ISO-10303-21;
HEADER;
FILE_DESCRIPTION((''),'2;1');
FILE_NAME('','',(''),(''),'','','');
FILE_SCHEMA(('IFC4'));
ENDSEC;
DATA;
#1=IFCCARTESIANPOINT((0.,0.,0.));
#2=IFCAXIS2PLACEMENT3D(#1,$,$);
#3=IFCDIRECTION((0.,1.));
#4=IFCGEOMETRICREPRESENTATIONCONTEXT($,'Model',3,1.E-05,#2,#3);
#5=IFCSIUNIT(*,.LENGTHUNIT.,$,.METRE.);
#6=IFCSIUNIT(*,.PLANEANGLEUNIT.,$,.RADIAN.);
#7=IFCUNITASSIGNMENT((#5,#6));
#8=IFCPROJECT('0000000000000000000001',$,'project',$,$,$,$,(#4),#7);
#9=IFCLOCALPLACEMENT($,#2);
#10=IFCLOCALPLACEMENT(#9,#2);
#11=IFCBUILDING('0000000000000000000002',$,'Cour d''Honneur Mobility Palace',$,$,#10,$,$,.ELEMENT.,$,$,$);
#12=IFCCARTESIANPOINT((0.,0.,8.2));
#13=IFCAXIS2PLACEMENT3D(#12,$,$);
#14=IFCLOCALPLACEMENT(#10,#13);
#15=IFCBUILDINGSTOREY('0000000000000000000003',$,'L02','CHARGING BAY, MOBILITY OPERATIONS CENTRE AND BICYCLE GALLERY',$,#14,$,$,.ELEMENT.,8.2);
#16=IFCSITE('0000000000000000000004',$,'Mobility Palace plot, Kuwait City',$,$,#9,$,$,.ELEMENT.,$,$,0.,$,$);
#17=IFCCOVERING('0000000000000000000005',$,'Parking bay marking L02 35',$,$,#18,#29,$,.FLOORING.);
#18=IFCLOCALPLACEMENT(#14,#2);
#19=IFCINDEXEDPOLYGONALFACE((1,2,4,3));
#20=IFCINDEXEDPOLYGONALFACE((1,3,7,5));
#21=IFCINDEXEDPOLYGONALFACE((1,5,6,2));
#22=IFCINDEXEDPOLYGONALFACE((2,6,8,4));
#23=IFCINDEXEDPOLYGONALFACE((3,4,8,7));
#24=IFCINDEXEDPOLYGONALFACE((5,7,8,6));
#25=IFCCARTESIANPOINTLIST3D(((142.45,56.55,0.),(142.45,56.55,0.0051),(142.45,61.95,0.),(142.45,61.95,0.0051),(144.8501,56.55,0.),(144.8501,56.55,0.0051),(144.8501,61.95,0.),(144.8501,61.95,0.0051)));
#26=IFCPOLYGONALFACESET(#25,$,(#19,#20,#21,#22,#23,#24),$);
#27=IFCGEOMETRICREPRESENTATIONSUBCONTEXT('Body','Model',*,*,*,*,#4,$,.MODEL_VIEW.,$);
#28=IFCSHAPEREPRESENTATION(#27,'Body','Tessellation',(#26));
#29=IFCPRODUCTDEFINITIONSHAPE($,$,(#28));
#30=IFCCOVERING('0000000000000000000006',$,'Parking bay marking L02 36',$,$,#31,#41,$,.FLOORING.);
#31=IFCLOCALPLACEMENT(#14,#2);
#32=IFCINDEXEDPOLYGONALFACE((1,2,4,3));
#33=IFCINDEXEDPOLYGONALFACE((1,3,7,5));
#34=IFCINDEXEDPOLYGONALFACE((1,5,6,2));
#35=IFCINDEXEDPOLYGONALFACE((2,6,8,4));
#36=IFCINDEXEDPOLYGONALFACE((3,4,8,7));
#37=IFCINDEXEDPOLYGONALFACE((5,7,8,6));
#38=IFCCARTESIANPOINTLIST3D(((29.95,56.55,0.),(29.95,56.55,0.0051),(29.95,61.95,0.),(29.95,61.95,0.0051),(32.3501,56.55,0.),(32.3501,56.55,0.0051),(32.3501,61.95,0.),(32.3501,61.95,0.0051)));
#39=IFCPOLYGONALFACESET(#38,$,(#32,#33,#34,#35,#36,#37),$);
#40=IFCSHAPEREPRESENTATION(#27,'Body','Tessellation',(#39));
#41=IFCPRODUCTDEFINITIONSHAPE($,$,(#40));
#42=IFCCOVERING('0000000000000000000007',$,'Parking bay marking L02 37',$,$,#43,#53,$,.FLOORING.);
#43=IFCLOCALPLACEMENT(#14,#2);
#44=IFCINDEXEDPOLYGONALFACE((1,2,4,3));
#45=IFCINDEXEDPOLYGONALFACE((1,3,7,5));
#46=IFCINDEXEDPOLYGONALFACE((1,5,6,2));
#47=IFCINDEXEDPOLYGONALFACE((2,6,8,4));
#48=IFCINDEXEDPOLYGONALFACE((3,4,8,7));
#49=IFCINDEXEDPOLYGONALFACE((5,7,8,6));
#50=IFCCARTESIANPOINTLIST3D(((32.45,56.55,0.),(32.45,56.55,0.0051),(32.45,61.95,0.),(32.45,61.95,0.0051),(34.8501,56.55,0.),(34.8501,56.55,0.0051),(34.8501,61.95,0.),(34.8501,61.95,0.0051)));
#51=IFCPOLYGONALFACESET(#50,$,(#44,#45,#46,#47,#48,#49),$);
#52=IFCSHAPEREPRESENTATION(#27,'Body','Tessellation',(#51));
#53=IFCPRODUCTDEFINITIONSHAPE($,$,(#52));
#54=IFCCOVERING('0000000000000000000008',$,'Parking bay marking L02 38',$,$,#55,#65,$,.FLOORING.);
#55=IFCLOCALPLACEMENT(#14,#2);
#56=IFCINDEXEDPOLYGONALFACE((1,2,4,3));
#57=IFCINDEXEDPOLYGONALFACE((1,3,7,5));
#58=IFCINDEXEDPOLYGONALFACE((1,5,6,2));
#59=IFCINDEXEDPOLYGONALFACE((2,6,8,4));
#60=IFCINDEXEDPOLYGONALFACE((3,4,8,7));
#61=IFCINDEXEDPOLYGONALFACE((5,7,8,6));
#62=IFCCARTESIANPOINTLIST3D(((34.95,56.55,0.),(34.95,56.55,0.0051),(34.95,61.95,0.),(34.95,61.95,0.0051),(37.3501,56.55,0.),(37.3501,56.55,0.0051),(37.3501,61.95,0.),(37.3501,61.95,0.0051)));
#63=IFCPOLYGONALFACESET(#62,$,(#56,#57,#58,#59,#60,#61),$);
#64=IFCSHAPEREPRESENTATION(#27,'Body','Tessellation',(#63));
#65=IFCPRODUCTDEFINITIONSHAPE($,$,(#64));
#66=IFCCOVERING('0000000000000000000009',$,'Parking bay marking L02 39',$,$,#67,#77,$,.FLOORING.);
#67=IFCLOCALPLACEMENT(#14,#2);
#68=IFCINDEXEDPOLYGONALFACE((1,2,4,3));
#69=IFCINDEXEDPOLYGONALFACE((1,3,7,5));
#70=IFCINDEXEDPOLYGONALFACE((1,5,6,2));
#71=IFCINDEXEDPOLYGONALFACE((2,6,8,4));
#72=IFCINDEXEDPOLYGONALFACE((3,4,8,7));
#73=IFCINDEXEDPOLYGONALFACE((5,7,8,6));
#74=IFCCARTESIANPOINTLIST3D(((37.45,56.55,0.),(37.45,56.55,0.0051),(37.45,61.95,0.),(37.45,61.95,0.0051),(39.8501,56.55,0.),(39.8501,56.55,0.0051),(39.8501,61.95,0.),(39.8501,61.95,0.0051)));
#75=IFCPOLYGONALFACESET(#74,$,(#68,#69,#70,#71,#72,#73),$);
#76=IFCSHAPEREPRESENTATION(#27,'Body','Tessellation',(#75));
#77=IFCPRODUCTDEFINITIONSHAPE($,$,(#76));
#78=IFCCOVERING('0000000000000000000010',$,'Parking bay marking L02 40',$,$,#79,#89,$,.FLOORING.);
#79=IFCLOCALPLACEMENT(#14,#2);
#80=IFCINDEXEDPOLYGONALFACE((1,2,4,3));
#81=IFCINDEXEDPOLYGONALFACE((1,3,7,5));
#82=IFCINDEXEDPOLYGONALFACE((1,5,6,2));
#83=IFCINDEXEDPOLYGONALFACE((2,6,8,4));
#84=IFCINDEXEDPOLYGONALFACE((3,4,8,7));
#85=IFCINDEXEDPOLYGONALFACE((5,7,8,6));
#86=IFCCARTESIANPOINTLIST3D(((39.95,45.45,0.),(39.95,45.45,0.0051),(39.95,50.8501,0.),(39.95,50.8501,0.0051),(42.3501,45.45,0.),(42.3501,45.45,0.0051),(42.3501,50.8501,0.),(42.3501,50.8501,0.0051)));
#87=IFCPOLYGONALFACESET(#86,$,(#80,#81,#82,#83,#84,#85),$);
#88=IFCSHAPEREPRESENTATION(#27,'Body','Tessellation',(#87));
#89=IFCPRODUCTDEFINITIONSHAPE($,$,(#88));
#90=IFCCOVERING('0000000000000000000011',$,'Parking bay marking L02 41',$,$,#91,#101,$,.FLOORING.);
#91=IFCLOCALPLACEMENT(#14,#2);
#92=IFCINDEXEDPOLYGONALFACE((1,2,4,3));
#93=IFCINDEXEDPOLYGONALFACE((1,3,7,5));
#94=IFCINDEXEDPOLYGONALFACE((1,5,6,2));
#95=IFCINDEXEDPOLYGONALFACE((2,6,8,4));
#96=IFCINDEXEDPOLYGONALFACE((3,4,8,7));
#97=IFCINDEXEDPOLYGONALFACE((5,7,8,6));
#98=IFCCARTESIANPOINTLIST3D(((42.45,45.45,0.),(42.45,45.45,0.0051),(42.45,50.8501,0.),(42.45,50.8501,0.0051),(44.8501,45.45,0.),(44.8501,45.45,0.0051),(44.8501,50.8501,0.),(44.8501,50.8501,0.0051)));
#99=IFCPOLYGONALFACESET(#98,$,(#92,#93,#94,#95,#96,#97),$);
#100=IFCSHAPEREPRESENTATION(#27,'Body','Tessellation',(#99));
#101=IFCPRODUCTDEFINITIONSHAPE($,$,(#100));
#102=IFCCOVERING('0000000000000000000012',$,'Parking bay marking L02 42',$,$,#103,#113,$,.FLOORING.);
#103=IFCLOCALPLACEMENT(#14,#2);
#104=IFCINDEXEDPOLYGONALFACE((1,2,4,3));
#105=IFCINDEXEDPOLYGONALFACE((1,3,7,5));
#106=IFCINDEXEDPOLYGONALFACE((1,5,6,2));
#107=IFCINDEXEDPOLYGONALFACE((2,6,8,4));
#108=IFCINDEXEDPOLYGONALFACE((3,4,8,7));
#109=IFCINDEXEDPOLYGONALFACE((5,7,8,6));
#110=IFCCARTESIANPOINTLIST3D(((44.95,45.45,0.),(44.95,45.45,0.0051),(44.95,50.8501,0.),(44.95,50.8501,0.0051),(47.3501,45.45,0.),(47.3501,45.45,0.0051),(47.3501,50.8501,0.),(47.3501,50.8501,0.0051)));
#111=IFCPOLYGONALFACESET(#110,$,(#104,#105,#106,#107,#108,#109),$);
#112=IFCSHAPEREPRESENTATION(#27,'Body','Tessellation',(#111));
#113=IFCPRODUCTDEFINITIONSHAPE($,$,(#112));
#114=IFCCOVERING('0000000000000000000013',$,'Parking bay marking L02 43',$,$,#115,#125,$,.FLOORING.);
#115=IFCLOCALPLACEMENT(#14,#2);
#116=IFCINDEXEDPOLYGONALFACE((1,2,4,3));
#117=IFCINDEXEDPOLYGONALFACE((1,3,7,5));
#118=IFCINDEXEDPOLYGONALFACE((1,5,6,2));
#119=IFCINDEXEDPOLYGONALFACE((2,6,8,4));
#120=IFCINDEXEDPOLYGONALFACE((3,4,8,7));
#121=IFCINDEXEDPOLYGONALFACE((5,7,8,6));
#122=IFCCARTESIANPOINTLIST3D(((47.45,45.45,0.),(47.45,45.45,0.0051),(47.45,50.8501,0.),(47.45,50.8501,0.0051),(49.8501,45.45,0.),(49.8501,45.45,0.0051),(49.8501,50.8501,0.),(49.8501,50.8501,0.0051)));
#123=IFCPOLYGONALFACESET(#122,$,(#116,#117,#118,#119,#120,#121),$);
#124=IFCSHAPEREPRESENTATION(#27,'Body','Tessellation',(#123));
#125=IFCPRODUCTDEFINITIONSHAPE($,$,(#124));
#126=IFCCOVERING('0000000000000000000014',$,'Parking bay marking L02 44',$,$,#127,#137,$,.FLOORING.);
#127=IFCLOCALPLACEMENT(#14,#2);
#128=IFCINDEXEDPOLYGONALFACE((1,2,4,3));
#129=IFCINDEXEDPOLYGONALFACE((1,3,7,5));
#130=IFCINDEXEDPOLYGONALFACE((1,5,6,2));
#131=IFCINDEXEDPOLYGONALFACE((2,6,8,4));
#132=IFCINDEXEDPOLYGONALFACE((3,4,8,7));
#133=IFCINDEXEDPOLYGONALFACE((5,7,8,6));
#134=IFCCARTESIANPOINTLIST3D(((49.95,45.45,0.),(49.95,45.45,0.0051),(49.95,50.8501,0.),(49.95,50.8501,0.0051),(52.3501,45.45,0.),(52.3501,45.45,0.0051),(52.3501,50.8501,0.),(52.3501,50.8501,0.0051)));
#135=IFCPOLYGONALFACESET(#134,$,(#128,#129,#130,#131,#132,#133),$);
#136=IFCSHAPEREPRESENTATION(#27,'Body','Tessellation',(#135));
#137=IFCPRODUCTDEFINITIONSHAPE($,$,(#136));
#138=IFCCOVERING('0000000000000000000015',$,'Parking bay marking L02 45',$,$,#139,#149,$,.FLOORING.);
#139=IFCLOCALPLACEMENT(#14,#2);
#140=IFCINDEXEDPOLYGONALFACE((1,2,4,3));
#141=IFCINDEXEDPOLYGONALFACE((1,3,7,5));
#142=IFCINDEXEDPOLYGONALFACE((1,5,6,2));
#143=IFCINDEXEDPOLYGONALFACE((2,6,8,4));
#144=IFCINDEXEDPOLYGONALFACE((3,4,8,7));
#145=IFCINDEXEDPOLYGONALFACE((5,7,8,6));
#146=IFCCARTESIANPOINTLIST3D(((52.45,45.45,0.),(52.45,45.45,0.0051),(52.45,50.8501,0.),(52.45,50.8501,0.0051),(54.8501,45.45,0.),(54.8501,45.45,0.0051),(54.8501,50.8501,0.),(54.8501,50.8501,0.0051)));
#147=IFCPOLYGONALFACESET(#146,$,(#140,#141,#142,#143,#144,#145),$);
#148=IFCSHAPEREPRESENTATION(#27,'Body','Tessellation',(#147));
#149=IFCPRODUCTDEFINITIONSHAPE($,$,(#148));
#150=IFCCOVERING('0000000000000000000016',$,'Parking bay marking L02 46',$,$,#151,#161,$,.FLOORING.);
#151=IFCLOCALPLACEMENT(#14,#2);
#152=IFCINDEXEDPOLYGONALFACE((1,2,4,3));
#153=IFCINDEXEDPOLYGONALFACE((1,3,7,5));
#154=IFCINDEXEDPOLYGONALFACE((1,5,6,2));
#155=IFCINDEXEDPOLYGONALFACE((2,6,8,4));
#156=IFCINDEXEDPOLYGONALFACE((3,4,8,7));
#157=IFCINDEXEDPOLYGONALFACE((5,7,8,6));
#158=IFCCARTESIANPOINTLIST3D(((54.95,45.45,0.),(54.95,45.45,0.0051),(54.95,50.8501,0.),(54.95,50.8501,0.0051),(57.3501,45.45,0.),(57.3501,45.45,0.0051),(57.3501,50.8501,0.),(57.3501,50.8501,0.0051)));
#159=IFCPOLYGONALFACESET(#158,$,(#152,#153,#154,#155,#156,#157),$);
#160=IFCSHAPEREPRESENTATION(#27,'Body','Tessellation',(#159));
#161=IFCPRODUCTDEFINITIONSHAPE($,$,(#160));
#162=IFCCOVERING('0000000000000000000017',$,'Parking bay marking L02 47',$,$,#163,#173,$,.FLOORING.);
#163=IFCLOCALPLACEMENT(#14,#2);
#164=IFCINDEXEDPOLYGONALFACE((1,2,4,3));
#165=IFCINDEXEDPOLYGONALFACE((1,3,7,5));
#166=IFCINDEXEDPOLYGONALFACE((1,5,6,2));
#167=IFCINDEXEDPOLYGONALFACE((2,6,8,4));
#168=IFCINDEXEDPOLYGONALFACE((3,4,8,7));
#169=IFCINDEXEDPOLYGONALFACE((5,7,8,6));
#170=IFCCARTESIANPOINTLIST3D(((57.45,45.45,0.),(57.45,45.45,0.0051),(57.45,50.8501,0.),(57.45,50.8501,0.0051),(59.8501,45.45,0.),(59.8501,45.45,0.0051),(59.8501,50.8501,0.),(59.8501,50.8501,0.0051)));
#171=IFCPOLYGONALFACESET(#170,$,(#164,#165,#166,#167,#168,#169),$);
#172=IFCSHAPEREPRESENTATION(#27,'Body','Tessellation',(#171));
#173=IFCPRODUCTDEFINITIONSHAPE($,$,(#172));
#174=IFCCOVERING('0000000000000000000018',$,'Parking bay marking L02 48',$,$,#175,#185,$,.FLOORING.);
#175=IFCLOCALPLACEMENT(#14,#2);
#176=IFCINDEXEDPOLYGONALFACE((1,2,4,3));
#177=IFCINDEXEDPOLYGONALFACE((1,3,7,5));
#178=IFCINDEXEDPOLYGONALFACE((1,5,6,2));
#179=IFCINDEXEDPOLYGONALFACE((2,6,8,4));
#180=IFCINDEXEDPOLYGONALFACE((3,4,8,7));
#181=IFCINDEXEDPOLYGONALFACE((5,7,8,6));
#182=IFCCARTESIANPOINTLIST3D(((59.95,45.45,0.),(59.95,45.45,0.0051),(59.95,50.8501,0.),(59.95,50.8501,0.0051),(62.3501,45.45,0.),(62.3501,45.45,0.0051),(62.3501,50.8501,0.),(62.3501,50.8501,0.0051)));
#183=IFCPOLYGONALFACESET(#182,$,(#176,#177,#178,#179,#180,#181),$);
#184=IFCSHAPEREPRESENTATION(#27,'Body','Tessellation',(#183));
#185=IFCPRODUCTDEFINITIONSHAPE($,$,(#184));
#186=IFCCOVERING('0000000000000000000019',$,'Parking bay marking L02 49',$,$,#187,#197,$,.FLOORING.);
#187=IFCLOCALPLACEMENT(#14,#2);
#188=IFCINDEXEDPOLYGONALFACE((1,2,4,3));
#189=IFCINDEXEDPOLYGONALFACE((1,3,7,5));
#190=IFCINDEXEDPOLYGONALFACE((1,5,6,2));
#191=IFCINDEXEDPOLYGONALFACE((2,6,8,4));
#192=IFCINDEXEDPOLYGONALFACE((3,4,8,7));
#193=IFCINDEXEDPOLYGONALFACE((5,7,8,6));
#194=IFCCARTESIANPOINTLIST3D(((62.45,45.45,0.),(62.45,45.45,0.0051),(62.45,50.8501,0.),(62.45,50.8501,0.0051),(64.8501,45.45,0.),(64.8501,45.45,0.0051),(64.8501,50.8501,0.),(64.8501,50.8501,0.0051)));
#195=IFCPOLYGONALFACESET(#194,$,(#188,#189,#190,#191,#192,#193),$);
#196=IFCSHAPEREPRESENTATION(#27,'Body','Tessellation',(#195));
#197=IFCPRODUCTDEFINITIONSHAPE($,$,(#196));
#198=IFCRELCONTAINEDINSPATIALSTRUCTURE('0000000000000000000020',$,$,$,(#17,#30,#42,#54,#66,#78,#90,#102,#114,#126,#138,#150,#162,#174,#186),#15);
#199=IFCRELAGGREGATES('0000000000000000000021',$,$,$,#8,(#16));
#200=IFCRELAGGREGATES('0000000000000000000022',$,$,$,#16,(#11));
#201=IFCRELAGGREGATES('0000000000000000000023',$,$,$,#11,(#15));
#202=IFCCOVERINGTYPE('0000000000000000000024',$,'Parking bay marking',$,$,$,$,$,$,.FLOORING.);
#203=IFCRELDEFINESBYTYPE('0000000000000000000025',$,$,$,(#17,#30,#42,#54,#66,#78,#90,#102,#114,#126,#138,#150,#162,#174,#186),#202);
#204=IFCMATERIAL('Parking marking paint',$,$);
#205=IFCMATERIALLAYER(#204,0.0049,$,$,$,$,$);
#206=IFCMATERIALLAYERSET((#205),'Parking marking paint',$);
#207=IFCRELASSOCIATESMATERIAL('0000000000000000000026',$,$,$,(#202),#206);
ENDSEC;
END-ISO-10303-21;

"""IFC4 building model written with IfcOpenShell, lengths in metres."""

from ifc_helpers import new_model, si_unit, direction, frame, origin, place, context, subcontext, project, spatial, polyline, outline, extrude, material, layer, layer_set, type_object, element, save


model = new_model("IFC4")

# Units and contexts
model_context = context("Model", 3, precision=1e-05, world=origin(), true_north=direction((0.0, 1.0)))
body_context = subcontext(model_context, "Body", "Model", "MODEL_VIEW")
ifc_project = project(units=[si_unit("LENGTHUNIT", "METRE"), si_unit("PLANEANGLEUNIT", "RADIAN")], contexts=[model_context])

# Site, building, storey
site_placement = place(None, origin())
site = spatial("IfcSite", under=ifc_project, at=site_placement, Name="Mobility Palace plot, Kuwait City", CompositionType="ELEMENT", RefElevation=0.0)
building_placement = place(site_placement, origin())
building = spatial("IfcBuilding", under=site, at=building_placement, Name="Cour d'Honneur Mobility Palace", CompositionType="ELEMENT")
storey_placement = place(building_placement, frame((0.0, 0.0, 8.2)))
storey = spatial("IfcBuildingStorey", under=building, at=storey_placement, Name="L02", Description="CHARGING BAY, MOBILITY OPERATIONS CENTRE AND BICYCLE GALLERY", CompositionType="ELEMENT", Elevation=8.2)

# Coverings
ifc_material = material(Name="Parking marking paint")
ifc_layer = layer(ifc_material, 0.0049)
ifc_layer_set = layer_set([ifc_layer], Name="Parking marking paint")
covering_type = type_object("IfcCoveringType", Name="Parking bay marking", PredefinedType="FLOORING", material=ifc_layer_set)
covering_1_placement = place(storey_placement, origin())
element("IfcCovering", 1, at=covering_1_placement, inside=storey, type_object=covering_type, Name="Parking bay marking L02 35", PredefinedType="FLOORING", context=body_context, shape_type="SweptSolid", body=[
    extrude(outline(polyline([(144.8501, 56.55), (142.45, 56.55), (142.45, 61.95), (144.8501, 61.95), (144.8501, 56.55)])), origin(), (0.0, 0.0, 1.0), 0.0051),
])
covering_2_placement = place(storey_placement, origin())
element("IfcCovering", 2, at=covering_2_placement, inside=storey, type_object=covering_type, Name="Parking bay marking L02 36", PredefinedType="FLOORING", context=body_context, shape_type="SweptSolid", body=[
    extrude(outline(polyline([(32.3501, 56.55), (29.95, 56.55), (29.95, 61.95), (32.3501, 61.95), (32.3501, 56.55)])), origin(), (0.0, 0.0, 1.0), 0.0051),
])
covering_3_placement = place(storey_placement, origin())
element("IfcCovering", 3, at=covering_3_placement, inside=storey, type_object=covering_type, Name="Parking bay marking L02 37", PredefinedType="FLOORING", context=body_context, shape_type="SweptSolid", body=[
    extrude(outline(polyline([(34.8501, 56.55), (32.45, 56.55), (32.45, 61.95), (34.8501, 61.95), (34.8501, 56.55)])), origin(), (0.0, 0.0, 1.0), 0.0051),
])
covering_4_placement = place(storey_placement, origin())
element("IfcCovering", 4, at=covering_4_placement, inside=storey, type_object=covering_type, Name="Parking bay marking L02 38", PredefinedType="FLOORING", context=body_context, shape_type="SweptSolid", body=[
    extrude(outline(polyline([(37.3501, 56.55), (34.95, 56.55), (34.95, 61.95), (37.3501, 61.95), (37.3501, 56.55)])), origin(), (0.0, 0.0, 1.0), 0.0051),
])
covering_5_placement = place(storey_placement, origin())
element("IfcCovering", 5, at=covering_5_placement, inside=storey, type_object=covering_type, Name="Parking bay marking L02 39", PredefinedType="FLOORING", context=body_context, shape_type="SweptSolid", body=[
    extrude(outline(polyline([(39.8501, 56.55), (37.45, 56.55), (37.45, 61.95), (39.8501, 61.95), (39.8501, 56.55)])), origin(), (0.0, 0.0, 1.0), 0.0051),
])
covering_6_placement = place(storey_placement, origin())
element("IfcCovering", 6, at=covering_6_placement, inside=storey, type_object=covering_type, Name="Parking bay marking L02 40", PredefinedType="FLOORING", context=body_context, shape_type="SweptSolid", body=[
    extrude(outline(polyline([(42.3501, 45.45), (39.95, 45.45), (39.95, 50.8501), (42.3501, 50.8501), (42.3501, 45.45)])), origin(), (0.0, 0.0, 1.0), 0.0051),
])
covering_7_placement = place(storey_placement, origin())
element("IfcCovering", 7, at=covering_7_placement, inside=storey, type_object=covering_type, Name="Parking bay marking L02 41", PredefinedType="FLOORING", context=body_context, shape_type="SweptSolid", body=[
    extrude(outline(polyline([(44.8501, 45.45), (42.45, 45.45), (42.45, 50.8501), (44.8501, 50.8501), (44.8501, 45.45)])), origin(), (0.0, 0.0, 1.0), 0.0051),
])
covering_8_placement = place(storey_placement, origin())
element("IfcCovering", 8, at=covering_8_placement, inside=storey, type_object=covering_type, Name="Parking bay marking L02 42", PredefinedType="FLOORING", context=body_context, shape_type="SweptSolid", body=[
    extrude(outline(polyline([(47.3501, 45.45), (44.95, 45.45), (44.95, 50.8501), (47.3501, 50.8501), (47.3501, 45.45)])), origin(), (0.0, 0.0, 1.0), 0.0051),
])
covering_9_placement = place(storey_placement, origin())
element("IfcCovering", 9, at=covering_9_placement, inside=storey, type_object=covering_type, Name="Parking bay marking L02 43", PredefinedType="FLOORING", context=body_context, shape_type="SweptSolid", body=[
    extrude(outline(polyline([(49.8501, 45.45), (47.45, 45.45), (47.45, 50.8501), (49.8501, 50.8501), (49.8501, 45.45)])), origin(), (0.0, 0.0, 1.0), 0.0051),
])
covering_10_placement = place(storey_placement, origin())
element("IfcCovering", 10, at=covering_10_placement, inside=storey, type_object=covering_type, Name="Parking bay marking L02 44", PredefinedType="FLOORING", context=body_context, shape_type="SweptSolid", body=[
    extrude(outline(polyline([(52.3501, 45.45), (49.95, 45.45), (49.95, 50.8501), (52.3501, 50.8501), (52.3501, 45.45)])), origin(), (0.0, 0.0, 1.0), 0.0051),
])
covering_11_placement = place(storey_placement, origin())
element("IfcCovering", 11, at=covering_11_placement, inside=storey, type_object=covering_type, Name="Parking bay marking L02 45", PredefinedType="FLOORING", context=body_context, shape_type="SweptSolid", body=[
    extrude(outline(polyline([(54.8501, 45.45), (52.45, 45.45), (52.45, 50.8501), (54.8501, 50.8501), (54.8501, 45.45)])), origin(), (0.0, 0.0, 1.0), 0.0051),
])
covering_12_placement = place(storey_placement, origin())
element("IfcCovering", 12, at=covering_12_placement, inside=storey, type_object=covering_type, Name="Parking bay marking L02 46", PredefinedType="FLOORING", context=body_context, shape_type="SweptSolid", body=[
    extrude(outline(polyline([(57.3501, 45.45), (54.95, 45.45), (54.95, 50.8501), (57.3501, 50.8501), (57.3501, 45.45)])), origin(), (0.0, 0.0, 1.0), 0.0051),
])
covering_13_placement = place(storey_placement, origin())
element("IfcCovering", 13, at=covering_13_placement, inside=storey, type_object=covering_type, Name="Parking bay marking L02 47", PredefinedType="FLOORING", context=body_context, shape_type="SweptSolid", body=[
    extrude(outline(polyline([(59.8501, 45.45), (57.45, 45.45), (57.45, 50.8501), (59.8501, 50.8501), (59.8501, 45.45)])), origin(), (0.0, 0.0, 1.0), 0.0051),
])
covering_14_placement = place(storey_placement, origin())
element("IfcCovering", 14, at=covering_14_placement, inside=storey, type_object=covering_type, Name="Parking bay marking L02 48", PredefinedType="FLOORING", context=body_context, shape_type="SweptSolid", body=[
    extrude(outline(polyline([(62.3501, 45.45), (59.95, 45.45), (59.95, 50.8501), (62.3501, 50.8501), (62.3501, 45.45)])), origin(), (0.0, 0.0, 1.0), 0.0051),
])
covering_15_placement = place(storey_placement, origin())
element("IfcCovering", 15, at=covering_15_placement, inside=storey, type_object=covering_type, Name="Parking bay marking L02 49", PredefinedType="FLOORING", context=body_context, shape_type="SweptSolid", body=[
    extrude(outline(polyline([(64.8501, 45.45), (62.45, 45.45), (62.45, 50.8501), (64.8501, 50.8501), (64.8501, 45.45)])), origin(), (0.0, 0.0, 1.0), 0.0051),
])

save(model, "model.ifc")
